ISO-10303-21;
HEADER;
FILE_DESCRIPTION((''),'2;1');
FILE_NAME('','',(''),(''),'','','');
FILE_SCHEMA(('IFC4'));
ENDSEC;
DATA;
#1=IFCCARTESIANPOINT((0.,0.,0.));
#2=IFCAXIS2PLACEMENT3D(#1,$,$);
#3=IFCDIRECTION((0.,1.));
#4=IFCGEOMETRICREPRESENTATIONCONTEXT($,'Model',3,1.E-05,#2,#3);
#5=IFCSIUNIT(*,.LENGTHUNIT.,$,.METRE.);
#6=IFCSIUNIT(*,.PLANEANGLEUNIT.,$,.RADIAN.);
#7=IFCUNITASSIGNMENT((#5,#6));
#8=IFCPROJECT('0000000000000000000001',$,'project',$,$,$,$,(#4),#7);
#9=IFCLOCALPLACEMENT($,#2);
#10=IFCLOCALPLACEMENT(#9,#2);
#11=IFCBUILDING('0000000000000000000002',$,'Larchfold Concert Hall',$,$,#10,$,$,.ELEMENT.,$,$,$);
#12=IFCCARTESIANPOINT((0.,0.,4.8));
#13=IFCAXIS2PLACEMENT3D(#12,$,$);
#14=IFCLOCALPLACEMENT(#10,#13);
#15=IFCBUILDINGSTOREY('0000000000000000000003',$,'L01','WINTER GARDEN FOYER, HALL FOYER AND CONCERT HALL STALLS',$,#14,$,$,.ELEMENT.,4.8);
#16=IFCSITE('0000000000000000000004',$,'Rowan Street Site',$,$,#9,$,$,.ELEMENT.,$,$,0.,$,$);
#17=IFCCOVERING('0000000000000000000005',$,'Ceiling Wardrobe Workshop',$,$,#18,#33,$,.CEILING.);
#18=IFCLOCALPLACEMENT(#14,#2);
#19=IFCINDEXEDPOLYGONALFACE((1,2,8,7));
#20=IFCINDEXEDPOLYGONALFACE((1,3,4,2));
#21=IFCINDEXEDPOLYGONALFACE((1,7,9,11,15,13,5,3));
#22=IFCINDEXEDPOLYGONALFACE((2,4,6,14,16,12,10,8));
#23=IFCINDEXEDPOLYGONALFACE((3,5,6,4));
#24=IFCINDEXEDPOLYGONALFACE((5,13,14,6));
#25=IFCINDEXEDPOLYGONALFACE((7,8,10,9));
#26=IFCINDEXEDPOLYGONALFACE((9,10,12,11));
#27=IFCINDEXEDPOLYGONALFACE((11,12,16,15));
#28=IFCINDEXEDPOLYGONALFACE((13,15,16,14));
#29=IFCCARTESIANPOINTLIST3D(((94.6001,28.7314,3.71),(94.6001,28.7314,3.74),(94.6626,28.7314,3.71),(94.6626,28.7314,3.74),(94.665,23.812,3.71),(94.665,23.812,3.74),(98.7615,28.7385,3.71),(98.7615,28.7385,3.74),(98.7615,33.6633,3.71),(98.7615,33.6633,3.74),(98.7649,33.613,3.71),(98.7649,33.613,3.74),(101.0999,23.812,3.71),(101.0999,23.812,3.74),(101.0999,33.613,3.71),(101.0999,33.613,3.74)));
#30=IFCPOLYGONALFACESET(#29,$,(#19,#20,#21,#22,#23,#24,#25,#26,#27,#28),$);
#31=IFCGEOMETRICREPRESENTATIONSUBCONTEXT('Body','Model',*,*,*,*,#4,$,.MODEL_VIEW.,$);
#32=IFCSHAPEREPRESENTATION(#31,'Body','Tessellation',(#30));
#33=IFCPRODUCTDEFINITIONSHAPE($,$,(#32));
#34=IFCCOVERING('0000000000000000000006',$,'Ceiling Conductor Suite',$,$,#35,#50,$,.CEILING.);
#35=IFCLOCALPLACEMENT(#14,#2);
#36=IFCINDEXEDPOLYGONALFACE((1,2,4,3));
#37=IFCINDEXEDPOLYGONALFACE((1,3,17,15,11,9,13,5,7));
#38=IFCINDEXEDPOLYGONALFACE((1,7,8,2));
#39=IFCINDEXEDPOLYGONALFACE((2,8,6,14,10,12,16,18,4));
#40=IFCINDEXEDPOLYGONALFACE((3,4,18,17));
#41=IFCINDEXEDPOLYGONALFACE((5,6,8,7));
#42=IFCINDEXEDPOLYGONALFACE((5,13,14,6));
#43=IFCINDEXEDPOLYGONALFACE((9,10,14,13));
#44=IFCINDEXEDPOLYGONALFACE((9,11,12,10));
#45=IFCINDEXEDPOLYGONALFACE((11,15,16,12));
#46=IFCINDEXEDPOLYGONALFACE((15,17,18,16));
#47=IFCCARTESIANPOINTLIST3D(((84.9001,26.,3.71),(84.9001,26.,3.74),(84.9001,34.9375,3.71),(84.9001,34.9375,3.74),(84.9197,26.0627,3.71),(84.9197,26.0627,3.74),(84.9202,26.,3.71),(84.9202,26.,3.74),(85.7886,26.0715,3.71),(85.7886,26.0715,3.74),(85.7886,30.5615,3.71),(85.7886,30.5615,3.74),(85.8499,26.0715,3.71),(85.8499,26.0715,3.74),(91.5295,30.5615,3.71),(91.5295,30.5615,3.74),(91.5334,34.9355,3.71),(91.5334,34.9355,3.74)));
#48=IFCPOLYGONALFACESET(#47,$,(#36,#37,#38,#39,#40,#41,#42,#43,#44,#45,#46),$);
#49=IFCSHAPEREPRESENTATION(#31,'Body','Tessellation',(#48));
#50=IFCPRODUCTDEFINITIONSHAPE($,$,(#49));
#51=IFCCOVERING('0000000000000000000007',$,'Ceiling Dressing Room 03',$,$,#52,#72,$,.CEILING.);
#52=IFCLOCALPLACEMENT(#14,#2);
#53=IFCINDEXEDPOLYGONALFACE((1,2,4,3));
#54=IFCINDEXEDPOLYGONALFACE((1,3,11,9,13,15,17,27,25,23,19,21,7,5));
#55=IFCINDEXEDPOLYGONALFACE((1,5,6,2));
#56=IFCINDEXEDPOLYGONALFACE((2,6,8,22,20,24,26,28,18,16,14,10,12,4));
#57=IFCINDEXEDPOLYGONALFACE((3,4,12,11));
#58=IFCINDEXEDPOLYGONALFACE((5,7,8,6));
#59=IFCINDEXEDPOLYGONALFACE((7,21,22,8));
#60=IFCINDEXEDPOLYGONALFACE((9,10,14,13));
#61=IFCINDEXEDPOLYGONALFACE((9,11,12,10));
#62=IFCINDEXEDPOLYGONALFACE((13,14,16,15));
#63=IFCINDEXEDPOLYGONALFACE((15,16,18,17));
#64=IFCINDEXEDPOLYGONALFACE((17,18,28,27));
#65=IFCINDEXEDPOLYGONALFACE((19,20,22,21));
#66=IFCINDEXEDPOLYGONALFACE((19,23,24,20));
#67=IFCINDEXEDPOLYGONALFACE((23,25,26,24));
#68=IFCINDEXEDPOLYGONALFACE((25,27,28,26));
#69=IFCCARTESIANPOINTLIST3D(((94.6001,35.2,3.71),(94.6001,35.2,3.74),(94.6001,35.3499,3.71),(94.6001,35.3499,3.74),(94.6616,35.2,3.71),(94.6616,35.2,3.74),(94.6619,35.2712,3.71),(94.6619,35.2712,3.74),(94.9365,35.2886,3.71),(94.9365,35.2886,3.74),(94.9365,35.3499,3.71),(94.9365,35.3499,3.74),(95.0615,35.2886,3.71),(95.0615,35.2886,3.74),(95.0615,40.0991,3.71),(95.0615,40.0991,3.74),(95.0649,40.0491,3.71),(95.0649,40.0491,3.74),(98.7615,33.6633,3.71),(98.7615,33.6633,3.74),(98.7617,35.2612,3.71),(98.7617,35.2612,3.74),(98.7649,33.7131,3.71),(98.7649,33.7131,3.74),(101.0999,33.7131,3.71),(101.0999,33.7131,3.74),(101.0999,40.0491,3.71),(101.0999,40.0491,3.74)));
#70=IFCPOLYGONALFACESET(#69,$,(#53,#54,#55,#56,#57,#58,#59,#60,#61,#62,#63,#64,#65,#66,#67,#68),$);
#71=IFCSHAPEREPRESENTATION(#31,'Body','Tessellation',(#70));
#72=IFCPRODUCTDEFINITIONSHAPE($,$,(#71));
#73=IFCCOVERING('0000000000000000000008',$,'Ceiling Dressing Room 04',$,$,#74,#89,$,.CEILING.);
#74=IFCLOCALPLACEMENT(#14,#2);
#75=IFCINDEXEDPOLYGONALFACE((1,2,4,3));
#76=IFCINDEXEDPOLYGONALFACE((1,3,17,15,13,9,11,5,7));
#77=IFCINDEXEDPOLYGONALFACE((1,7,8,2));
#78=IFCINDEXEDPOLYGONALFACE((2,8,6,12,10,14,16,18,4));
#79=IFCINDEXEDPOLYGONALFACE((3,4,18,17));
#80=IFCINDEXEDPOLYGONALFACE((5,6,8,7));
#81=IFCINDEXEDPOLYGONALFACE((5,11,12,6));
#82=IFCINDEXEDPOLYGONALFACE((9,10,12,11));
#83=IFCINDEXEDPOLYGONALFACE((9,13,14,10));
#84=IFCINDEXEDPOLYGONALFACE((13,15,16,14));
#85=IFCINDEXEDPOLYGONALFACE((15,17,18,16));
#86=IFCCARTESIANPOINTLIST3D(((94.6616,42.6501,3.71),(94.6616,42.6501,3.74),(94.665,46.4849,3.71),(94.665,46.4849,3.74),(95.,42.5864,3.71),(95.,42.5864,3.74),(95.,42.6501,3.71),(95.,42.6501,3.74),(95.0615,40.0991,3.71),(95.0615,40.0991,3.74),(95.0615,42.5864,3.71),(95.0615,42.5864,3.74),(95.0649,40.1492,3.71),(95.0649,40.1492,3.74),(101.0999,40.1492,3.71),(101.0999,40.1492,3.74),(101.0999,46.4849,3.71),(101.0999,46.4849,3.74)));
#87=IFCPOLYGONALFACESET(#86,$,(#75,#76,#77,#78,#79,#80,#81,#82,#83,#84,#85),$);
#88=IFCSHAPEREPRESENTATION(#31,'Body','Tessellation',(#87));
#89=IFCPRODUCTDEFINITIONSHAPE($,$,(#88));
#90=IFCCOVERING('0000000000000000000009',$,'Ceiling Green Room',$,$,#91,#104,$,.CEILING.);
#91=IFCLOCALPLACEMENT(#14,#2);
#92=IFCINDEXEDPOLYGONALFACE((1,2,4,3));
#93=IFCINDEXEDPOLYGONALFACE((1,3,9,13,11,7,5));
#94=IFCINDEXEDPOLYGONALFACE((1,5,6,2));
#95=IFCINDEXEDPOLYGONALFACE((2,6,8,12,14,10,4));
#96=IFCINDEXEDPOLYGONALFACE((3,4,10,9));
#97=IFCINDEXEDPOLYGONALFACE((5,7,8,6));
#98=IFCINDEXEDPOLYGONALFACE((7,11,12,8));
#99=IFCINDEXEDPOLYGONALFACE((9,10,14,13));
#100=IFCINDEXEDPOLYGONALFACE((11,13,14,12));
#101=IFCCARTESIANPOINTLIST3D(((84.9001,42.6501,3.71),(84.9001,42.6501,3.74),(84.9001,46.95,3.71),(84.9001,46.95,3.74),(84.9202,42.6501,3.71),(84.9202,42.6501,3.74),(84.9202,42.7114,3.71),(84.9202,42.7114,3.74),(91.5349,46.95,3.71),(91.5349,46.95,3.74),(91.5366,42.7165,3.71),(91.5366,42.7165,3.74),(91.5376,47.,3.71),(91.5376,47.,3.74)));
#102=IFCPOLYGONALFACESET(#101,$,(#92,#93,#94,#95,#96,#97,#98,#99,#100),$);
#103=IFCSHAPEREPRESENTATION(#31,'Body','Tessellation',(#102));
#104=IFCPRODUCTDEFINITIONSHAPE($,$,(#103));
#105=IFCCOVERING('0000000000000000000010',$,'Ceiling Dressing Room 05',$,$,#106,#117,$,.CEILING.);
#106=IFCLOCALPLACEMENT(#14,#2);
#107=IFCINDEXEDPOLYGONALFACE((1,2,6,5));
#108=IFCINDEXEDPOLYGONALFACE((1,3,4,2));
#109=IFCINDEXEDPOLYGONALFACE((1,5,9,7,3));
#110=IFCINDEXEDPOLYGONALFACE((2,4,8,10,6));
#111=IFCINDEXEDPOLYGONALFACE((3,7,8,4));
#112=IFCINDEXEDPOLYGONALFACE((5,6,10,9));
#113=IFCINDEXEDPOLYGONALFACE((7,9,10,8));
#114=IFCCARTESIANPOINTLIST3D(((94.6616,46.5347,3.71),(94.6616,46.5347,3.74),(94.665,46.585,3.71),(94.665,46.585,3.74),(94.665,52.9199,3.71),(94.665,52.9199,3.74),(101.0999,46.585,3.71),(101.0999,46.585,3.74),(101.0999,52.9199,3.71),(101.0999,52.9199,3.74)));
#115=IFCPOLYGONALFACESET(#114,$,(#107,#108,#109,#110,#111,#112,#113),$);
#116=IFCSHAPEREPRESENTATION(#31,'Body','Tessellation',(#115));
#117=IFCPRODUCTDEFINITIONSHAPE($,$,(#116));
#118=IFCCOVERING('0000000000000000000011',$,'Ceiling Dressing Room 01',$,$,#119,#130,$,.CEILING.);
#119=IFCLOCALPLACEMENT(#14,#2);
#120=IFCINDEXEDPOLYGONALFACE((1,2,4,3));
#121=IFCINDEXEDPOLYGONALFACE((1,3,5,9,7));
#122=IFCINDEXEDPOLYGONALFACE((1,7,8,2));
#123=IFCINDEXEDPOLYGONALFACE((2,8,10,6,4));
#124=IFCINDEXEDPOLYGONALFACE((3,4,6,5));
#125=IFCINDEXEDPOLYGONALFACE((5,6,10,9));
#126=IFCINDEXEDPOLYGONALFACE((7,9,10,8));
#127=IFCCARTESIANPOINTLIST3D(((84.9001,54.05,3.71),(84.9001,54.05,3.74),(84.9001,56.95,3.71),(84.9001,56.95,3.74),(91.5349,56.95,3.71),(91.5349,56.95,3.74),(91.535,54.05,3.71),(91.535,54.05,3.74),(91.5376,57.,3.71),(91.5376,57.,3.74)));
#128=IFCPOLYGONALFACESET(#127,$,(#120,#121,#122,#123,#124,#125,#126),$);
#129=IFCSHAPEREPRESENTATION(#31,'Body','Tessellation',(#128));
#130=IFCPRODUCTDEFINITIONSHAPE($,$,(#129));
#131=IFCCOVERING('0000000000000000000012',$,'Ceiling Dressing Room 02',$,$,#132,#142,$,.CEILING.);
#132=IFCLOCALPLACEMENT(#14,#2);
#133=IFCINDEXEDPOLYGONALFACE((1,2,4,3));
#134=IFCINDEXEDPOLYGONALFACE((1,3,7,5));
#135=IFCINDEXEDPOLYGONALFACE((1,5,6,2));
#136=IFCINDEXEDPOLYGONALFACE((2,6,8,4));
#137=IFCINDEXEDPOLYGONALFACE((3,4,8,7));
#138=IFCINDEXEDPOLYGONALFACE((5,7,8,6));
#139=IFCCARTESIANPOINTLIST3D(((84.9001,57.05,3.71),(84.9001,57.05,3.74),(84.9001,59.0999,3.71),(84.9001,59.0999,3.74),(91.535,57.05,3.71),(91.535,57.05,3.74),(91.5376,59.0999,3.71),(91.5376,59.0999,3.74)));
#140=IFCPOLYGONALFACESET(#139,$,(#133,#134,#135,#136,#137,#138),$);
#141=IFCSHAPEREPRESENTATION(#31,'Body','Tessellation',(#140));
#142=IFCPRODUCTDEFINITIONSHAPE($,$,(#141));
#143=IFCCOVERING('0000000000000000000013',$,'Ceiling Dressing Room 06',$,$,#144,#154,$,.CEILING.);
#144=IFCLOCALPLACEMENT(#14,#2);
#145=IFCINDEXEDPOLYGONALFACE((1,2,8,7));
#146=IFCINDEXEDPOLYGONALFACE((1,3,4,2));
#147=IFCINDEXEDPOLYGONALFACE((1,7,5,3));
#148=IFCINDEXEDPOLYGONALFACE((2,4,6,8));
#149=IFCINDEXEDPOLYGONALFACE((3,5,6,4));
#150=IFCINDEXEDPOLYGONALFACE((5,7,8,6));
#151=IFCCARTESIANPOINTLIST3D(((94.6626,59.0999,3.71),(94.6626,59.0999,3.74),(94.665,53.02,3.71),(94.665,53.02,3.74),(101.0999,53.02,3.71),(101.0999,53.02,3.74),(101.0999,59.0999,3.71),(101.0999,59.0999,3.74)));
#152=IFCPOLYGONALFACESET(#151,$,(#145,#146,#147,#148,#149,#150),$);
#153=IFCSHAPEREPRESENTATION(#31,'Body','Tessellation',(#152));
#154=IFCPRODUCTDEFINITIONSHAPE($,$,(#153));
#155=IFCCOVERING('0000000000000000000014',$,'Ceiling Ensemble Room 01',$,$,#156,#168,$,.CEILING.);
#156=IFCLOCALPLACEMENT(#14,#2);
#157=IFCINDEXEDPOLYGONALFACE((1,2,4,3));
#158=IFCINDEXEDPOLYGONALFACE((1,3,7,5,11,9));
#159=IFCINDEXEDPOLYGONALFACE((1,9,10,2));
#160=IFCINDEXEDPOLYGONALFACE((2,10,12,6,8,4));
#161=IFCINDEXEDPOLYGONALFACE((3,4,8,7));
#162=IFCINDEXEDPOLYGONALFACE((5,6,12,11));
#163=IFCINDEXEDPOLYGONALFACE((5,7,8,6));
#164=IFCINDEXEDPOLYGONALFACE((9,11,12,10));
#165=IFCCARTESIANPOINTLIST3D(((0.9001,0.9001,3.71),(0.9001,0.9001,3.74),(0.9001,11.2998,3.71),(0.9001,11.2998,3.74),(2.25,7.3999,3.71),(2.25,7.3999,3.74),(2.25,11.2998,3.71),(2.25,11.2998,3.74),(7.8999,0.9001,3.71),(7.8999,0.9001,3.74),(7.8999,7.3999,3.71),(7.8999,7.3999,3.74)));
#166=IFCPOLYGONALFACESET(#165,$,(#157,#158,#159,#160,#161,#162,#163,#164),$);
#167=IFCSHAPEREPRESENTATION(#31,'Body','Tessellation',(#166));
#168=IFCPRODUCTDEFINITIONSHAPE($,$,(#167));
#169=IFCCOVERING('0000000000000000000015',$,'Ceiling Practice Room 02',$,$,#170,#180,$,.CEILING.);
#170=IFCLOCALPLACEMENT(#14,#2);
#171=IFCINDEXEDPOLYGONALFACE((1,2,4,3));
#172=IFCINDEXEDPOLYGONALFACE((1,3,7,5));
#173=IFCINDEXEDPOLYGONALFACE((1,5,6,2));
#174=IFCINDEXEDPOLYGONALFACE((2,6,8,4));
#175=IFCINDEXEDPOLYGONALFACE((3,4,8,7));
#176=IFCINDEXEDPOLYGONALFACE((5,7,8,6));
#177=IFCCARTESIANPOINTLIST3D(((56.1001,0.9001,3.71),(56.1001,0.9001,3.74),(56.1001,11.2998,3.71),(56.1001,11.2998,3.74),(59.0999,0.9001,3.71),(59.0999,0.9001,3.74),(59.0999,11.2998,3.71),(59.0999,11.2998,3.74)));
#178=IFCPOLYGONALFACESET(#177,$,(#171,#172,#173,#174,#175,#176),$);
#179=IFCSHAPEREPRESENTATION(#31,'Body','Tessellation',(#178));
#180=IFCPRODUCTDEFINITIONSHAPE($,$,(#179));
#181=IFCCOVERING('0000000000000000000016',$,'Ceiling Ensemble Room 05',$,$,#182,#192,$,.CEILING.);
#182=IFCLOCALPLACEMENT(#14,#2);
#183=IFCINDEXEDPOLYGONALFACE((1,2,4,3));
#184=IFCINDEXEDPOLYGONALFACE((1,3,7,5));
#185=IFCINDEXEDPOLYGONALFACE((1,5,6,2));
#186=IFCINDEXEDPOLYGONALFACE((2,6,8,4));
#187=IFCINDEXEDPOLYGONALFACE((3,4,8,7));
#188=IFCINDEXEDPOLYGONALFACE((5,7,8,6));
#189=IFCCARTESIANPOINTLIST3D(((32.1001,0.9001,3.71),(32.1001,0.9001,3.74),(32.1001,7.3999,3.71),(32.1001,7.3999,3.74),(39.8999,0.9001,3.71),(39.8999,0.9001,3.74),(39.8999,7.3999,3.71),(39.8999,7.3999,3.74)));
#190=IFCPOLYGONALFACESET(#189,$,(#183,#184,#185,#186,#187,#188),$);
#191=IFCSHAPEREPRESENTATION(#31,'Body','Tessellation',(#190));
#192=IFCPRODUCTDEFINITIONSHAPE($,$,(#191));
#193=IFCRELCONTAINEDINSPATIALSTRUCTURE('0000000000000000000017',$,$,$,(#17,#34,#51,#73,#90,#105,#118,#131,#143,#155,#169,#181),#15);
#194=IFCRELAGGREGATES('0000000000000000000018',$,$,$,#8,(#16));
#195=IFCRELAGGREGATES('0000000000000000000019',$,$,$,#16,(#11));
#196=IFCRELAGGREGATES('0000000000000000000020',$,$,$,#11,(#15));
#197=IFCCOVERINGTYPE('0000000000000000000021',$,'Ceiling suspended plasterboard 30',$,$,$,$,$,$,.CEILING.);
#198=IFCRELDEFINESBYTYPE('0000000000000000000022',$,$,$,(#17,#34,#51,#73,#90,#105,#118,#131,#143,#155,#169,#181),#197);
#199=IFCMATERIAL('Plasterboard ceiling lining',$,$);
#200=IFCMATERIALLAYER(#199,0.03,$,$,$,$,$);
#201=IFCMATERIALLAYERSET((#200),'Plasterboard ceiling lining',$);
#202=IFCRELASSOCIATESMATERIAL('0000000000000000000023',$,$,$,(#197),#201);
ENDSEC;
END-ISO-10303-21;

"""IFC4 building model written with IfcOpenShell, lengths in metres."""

from ifc_helpers import new_model, si_unit, direction, frame, origin, place, context, subcontext, project, spatial, polyline, outline, extrude, material, layer, layer_set, type_object, element, save


model = new_model("IFC4")

# Units and contexts
model_context = context("Model", 3, precision=1e-05, world=origin(), true_north=direction((0.0, 1.0)))
body_context = subcontext(model_context, "Body", "Model", "MODEL_VIEW")
ifc_project = project(units=[si_unit("LENGTHUNIT", "METRE"), si_unit("PLANEANGLEUNIT", "RADIAN")], contexts=[model_context])

# Site, building, storey
site_placement = place(None, origin())
site = spatial("IfcSite", under=ifc_project, at=site_placement, Name="Rowan Street Site", CompositionType="ELEMENT", RefElevation=0.0)
building_placement = place(site_placement, origin())
building = spatial("IfcBuilding", under=site, at=building_placement, Name="Larchfold Concert Hall", CompositionType="ELEMENT")
storey_placement = place(building_placement, frame((0.0, 0.0, 4.8)))
storey = spatial("IfcBuildingStorey", under=building, at=storey_placement, Name="L01", Description="WINTER GARDEN FOYER, HALL FOYER AND CONCERT HALL STALLS", CompositionType="ELEMENT", Elevation=4.8)

# Coverings
ifc_material_1 = material(Name="Plasterboard ceiling lining")
ifc_layer_1 = layer(ifc_material_1, 0.03)
ifc_layer_set_1 = layer_set([ifc_layer_1], Name="Plasterboard ceiling lining")
covering_type_1 = type_object("IfcCoveringType", Name="Ceiling suspended plasterboard 30", PredefinedType="CEILING", material=ifc_layer_set_1)
covering_1_placement = place(storey_placement, frame((0.0, 0.0, 3.71)))
element("IfcCovering", 1, at=covering_1_placement, inside=storey, type_object=covering_type_1, Name="Ceiling Wardrobe Workshop", PredefinedType="CEILING", context=body_context, shape_type="SweptSolid", body=[
    extrude(outline(polyline([(94.6001, 28.7314), (94.6626, 28.7314), (94.665, 23.7625), (94.665, 23.812), (101.0999, 23.812), (101.0999, 33.613), (98.7649, 33.613), (98.7615, 33.6633), (98.7615, 28.7385), (94.6001, 28.7314)])), origin(), (0.0, 0.0, 1.0), 0.03),
])
covering_2_placement = place(storey_placement, frame((0.0, 0.0, 3.71)))
element("IfcCovering", 2, at=covering_2_placement, inside=storey, type_object=covering_type_1, Name="Ceiling Conductor Suite", PredefinedType="CEILING", context=body_context, shape_type="SweptSolid", body=[
    extrude(outline(polyline([(84.9197, 26.0627), (85.8499, 26.0715), (85.7886, 26.0715), (85.7886, 30.5615), (91.5295, 30.5615), (91.5334, 34.9355), (84.9001, 34.9375), (84.9001, 26.0), (84.9202, 26.0), (84.9197, 26.0627)])), origin(), (0.0, 0.0, 1.0), 0.03),
])
covering_3_placement = place(storey_placement, frame((0.0, 0.0, 3.71)))
element("IfcCovering", 3, at=covering_3_placement, inside=storey, type_object=covering_type_1, Name="Ceiling Dressing Room 03", PredefinedType="CEILING", context=body_context, shape_type="SweptSolid", body=[
    extrude(outline(polyline([(95.0615, 40.0991), (95.0615, 35.2886), (94.9365, 35.2886), (94.9365, 35.3499), (94.6001, 35.3499), (94.6001, 35.2), (94.6616, 35.2), (94.6619, 35.2712), (98.7617, 35.2612), (98.7615, 33.6633), (98.7649, 33.7131), (101.0999, 33.7131), (101.0999, 40.0491), (95.0649, 40.0491), (95.0615, 40.0991)])), origin(), (0.0, 0.0, 1.0), 0.03),
])
covering_4_placement = place(storey_placement, frame((0.0, 0.0, 3.71)))
element("IfcCovering", 4, at=covering_4_placement, inside=storey, type_object=covering_type_1, Name="Ceiling Dressing Room 04", PredefinedType="CEILING", context=body_context, shape_type="SweptSolid", body=[
    extrude(outline(polyline([(94.665, 46.5347), (94.6616, 42.6501), (95.0, 42.6501), (95.0, 42.5864), (95.0615, 42.5864), (95.0615, 40.0991), (95.0649, 40.1492), (101.0999, 40.1492), (101.0999, 46.4849), (94.665, 46.4849), (94.665, 46.5347)])), origin(), (0.0, 0.0, 1.0), 0.03),
])
covering_5_placement = place(storey_placement, frame((0.0, 0.0, 3.71)))
element("IfcCovering", 5, at=covering_5_placement, inside=storey, type_object=covering_type_1, Name="Ceiling Green Room", PredefinedType="CEILING", context=body_context, shape_type="SweptSolid", body=[
    extrude(outline(polyline([(91.5376, 47.0), (91.5349, 46.95), (84.9001, 46.95), (84.9001, 42.6501), (84.9202, 42.6501), (84.9202, 42.7114), (91.6001, 42.7166), (91.5366, 42.7166), (91.5376, 47.0)])), origin(), (0.0, 0.0, 1.0), 0.03),
])
covering_6_placement = place(storey_placement, frame((0.0, 0.0, 3.71)))
element("IfcCovering", 6, at=covering_6_placement, inside=storey, type_object=covering_type_1, Name="Ceiling Dressing Room 05", PredefinedType="CEILING", context=body_context, shape_type="SweptSolid", body=[
    extrude(outline(polyline([(94.6616, 46.5347), (94.665, 46.585), (101.0999, 46.585), (101.0999, 52.9199), (94.665, 52.9199), (94.665, 52.9702), (94.6616, 46.5347)])), origin(), (0.0, 0.0, 1.0), 0.03),
])
covering_7_placement = place(storey_placement, frame((0.0, 0.0, 3.71)))
element("IfcCovering", 7, at=covering_7_placement, inside=storey, type_object=covering_type_1, Name="Ceiling Dressing Room 01", PredefinedType="CEILING", context=body_context, shape_type="SweptSolid", body=[
    extrude(outline(polyline([(91.5349, 54.0), (91.5376, 57.0), (91.5349, 56.95), (84.9001, 56.95), (84.9001, 54.05), (91.5349, 54.05), (91.5349, 54.0)])), origin(), (0.0, 0.0, 1.0), 0.03),
])
covering_8_placement = place(storey_placement, frame((0.0, 0.0, 3.71)))
element("IfcCovering", 8, at=covering_8_placement, inside=storey, type_object=covering_type_1, Name="Ceiling Dressing Room 02", PredefinedType="CEILING", context=body_context, shape_type="SweptSolid", body=[
    extrude(outline(polyline([(91.5349, 57.0), (91.5376, 59.0999), (84.9001, 59.0999), (84.9001, 57.05), (91.5349, 57.05), (91.5349, 57.0)])), origin(), (0.0, 0.0, 1.0), 0.03),
])
covering_9_placement = place(storey_placement, frame((0.0, 0.0, 3.71)))
element("IfcCovering", 9, at=covering_9_placement, inside=storey, type_object=covering_type_1, Name="Ceiling Dressing Room 06", PredefinedType="CEILING", context=body_context, shape_type="SweptSolid", body=[
    extrude(outline(polyline([(94.665, 52.9702), (94.665, 53.02), (101.0999, 53.02), (101.0999, 59.0999), (94.6626, 59.0999), (94.665, 52.9702)])), origin(), (0.0, 0.0, 1.0), 0.03),
])
covering_10_placement = place(storey_placement, frame((0.0, 0.0, 3.71)))
element("IfcCovering", 10, at=covering_10_placement, inside=storey, type_object=covering_type_1, Name="Ceiling Ensemble Room 01", PredefinedType="CEILING", context=body_context, shape_type="SweptSolid", body=[
    extrude(outline(polyline([(0.9001, 11.2998), (0.9001, 0.9001), (7.8999, 0.9001), (7.8999, 7.3999), (2.25, 7.3999), (2.25, 11.2998), (0.9001, 11.2998)])), origin(), (0.0, 0.0, 1.0), 0.03),
])
covering_11_placement = place(storey_placement, frame((0.0, 0.0, 3.71)))
element("IfcCovering", 11, at=covering_11_placement, inside=storey, type_object=covering_type_1, Name="Ceiling Practice Room 02", PredefinedType="CEILING", context=body_context, shape_type="SweptSolid", body=[
    extrude(outline(polyline([(59.0999, 0.9001), (59.0999, 11.2998), (56.1001, 11.2998), (56.1001, 0.9001), (59.0999, 0.9001)])), origin(), (0.0, 0.0, 1.0), 0.03),
])
covering_12_placement = place(storey_placement, frame((0.0, 0.0, 3.71)))
element("IfcCovering", 12, at=covering_12_placement, inside=storey, type_object=covering_type_1, Name="Ceiling Ensemble Room 05", PredefinedType="CEILING", context=body_context, shape_type="SweptSolid", body=[
    extrude(outline(polyline([(32.1001, 7.3999), (32.1001, 0.9001), (39.8999, 0.9001), (39.8999, 7.3999), (32.1001, 7.3999)])), origin(), (0.0, 0.0, 1.0), 0.03),
])

save(model, "model.ifc")
